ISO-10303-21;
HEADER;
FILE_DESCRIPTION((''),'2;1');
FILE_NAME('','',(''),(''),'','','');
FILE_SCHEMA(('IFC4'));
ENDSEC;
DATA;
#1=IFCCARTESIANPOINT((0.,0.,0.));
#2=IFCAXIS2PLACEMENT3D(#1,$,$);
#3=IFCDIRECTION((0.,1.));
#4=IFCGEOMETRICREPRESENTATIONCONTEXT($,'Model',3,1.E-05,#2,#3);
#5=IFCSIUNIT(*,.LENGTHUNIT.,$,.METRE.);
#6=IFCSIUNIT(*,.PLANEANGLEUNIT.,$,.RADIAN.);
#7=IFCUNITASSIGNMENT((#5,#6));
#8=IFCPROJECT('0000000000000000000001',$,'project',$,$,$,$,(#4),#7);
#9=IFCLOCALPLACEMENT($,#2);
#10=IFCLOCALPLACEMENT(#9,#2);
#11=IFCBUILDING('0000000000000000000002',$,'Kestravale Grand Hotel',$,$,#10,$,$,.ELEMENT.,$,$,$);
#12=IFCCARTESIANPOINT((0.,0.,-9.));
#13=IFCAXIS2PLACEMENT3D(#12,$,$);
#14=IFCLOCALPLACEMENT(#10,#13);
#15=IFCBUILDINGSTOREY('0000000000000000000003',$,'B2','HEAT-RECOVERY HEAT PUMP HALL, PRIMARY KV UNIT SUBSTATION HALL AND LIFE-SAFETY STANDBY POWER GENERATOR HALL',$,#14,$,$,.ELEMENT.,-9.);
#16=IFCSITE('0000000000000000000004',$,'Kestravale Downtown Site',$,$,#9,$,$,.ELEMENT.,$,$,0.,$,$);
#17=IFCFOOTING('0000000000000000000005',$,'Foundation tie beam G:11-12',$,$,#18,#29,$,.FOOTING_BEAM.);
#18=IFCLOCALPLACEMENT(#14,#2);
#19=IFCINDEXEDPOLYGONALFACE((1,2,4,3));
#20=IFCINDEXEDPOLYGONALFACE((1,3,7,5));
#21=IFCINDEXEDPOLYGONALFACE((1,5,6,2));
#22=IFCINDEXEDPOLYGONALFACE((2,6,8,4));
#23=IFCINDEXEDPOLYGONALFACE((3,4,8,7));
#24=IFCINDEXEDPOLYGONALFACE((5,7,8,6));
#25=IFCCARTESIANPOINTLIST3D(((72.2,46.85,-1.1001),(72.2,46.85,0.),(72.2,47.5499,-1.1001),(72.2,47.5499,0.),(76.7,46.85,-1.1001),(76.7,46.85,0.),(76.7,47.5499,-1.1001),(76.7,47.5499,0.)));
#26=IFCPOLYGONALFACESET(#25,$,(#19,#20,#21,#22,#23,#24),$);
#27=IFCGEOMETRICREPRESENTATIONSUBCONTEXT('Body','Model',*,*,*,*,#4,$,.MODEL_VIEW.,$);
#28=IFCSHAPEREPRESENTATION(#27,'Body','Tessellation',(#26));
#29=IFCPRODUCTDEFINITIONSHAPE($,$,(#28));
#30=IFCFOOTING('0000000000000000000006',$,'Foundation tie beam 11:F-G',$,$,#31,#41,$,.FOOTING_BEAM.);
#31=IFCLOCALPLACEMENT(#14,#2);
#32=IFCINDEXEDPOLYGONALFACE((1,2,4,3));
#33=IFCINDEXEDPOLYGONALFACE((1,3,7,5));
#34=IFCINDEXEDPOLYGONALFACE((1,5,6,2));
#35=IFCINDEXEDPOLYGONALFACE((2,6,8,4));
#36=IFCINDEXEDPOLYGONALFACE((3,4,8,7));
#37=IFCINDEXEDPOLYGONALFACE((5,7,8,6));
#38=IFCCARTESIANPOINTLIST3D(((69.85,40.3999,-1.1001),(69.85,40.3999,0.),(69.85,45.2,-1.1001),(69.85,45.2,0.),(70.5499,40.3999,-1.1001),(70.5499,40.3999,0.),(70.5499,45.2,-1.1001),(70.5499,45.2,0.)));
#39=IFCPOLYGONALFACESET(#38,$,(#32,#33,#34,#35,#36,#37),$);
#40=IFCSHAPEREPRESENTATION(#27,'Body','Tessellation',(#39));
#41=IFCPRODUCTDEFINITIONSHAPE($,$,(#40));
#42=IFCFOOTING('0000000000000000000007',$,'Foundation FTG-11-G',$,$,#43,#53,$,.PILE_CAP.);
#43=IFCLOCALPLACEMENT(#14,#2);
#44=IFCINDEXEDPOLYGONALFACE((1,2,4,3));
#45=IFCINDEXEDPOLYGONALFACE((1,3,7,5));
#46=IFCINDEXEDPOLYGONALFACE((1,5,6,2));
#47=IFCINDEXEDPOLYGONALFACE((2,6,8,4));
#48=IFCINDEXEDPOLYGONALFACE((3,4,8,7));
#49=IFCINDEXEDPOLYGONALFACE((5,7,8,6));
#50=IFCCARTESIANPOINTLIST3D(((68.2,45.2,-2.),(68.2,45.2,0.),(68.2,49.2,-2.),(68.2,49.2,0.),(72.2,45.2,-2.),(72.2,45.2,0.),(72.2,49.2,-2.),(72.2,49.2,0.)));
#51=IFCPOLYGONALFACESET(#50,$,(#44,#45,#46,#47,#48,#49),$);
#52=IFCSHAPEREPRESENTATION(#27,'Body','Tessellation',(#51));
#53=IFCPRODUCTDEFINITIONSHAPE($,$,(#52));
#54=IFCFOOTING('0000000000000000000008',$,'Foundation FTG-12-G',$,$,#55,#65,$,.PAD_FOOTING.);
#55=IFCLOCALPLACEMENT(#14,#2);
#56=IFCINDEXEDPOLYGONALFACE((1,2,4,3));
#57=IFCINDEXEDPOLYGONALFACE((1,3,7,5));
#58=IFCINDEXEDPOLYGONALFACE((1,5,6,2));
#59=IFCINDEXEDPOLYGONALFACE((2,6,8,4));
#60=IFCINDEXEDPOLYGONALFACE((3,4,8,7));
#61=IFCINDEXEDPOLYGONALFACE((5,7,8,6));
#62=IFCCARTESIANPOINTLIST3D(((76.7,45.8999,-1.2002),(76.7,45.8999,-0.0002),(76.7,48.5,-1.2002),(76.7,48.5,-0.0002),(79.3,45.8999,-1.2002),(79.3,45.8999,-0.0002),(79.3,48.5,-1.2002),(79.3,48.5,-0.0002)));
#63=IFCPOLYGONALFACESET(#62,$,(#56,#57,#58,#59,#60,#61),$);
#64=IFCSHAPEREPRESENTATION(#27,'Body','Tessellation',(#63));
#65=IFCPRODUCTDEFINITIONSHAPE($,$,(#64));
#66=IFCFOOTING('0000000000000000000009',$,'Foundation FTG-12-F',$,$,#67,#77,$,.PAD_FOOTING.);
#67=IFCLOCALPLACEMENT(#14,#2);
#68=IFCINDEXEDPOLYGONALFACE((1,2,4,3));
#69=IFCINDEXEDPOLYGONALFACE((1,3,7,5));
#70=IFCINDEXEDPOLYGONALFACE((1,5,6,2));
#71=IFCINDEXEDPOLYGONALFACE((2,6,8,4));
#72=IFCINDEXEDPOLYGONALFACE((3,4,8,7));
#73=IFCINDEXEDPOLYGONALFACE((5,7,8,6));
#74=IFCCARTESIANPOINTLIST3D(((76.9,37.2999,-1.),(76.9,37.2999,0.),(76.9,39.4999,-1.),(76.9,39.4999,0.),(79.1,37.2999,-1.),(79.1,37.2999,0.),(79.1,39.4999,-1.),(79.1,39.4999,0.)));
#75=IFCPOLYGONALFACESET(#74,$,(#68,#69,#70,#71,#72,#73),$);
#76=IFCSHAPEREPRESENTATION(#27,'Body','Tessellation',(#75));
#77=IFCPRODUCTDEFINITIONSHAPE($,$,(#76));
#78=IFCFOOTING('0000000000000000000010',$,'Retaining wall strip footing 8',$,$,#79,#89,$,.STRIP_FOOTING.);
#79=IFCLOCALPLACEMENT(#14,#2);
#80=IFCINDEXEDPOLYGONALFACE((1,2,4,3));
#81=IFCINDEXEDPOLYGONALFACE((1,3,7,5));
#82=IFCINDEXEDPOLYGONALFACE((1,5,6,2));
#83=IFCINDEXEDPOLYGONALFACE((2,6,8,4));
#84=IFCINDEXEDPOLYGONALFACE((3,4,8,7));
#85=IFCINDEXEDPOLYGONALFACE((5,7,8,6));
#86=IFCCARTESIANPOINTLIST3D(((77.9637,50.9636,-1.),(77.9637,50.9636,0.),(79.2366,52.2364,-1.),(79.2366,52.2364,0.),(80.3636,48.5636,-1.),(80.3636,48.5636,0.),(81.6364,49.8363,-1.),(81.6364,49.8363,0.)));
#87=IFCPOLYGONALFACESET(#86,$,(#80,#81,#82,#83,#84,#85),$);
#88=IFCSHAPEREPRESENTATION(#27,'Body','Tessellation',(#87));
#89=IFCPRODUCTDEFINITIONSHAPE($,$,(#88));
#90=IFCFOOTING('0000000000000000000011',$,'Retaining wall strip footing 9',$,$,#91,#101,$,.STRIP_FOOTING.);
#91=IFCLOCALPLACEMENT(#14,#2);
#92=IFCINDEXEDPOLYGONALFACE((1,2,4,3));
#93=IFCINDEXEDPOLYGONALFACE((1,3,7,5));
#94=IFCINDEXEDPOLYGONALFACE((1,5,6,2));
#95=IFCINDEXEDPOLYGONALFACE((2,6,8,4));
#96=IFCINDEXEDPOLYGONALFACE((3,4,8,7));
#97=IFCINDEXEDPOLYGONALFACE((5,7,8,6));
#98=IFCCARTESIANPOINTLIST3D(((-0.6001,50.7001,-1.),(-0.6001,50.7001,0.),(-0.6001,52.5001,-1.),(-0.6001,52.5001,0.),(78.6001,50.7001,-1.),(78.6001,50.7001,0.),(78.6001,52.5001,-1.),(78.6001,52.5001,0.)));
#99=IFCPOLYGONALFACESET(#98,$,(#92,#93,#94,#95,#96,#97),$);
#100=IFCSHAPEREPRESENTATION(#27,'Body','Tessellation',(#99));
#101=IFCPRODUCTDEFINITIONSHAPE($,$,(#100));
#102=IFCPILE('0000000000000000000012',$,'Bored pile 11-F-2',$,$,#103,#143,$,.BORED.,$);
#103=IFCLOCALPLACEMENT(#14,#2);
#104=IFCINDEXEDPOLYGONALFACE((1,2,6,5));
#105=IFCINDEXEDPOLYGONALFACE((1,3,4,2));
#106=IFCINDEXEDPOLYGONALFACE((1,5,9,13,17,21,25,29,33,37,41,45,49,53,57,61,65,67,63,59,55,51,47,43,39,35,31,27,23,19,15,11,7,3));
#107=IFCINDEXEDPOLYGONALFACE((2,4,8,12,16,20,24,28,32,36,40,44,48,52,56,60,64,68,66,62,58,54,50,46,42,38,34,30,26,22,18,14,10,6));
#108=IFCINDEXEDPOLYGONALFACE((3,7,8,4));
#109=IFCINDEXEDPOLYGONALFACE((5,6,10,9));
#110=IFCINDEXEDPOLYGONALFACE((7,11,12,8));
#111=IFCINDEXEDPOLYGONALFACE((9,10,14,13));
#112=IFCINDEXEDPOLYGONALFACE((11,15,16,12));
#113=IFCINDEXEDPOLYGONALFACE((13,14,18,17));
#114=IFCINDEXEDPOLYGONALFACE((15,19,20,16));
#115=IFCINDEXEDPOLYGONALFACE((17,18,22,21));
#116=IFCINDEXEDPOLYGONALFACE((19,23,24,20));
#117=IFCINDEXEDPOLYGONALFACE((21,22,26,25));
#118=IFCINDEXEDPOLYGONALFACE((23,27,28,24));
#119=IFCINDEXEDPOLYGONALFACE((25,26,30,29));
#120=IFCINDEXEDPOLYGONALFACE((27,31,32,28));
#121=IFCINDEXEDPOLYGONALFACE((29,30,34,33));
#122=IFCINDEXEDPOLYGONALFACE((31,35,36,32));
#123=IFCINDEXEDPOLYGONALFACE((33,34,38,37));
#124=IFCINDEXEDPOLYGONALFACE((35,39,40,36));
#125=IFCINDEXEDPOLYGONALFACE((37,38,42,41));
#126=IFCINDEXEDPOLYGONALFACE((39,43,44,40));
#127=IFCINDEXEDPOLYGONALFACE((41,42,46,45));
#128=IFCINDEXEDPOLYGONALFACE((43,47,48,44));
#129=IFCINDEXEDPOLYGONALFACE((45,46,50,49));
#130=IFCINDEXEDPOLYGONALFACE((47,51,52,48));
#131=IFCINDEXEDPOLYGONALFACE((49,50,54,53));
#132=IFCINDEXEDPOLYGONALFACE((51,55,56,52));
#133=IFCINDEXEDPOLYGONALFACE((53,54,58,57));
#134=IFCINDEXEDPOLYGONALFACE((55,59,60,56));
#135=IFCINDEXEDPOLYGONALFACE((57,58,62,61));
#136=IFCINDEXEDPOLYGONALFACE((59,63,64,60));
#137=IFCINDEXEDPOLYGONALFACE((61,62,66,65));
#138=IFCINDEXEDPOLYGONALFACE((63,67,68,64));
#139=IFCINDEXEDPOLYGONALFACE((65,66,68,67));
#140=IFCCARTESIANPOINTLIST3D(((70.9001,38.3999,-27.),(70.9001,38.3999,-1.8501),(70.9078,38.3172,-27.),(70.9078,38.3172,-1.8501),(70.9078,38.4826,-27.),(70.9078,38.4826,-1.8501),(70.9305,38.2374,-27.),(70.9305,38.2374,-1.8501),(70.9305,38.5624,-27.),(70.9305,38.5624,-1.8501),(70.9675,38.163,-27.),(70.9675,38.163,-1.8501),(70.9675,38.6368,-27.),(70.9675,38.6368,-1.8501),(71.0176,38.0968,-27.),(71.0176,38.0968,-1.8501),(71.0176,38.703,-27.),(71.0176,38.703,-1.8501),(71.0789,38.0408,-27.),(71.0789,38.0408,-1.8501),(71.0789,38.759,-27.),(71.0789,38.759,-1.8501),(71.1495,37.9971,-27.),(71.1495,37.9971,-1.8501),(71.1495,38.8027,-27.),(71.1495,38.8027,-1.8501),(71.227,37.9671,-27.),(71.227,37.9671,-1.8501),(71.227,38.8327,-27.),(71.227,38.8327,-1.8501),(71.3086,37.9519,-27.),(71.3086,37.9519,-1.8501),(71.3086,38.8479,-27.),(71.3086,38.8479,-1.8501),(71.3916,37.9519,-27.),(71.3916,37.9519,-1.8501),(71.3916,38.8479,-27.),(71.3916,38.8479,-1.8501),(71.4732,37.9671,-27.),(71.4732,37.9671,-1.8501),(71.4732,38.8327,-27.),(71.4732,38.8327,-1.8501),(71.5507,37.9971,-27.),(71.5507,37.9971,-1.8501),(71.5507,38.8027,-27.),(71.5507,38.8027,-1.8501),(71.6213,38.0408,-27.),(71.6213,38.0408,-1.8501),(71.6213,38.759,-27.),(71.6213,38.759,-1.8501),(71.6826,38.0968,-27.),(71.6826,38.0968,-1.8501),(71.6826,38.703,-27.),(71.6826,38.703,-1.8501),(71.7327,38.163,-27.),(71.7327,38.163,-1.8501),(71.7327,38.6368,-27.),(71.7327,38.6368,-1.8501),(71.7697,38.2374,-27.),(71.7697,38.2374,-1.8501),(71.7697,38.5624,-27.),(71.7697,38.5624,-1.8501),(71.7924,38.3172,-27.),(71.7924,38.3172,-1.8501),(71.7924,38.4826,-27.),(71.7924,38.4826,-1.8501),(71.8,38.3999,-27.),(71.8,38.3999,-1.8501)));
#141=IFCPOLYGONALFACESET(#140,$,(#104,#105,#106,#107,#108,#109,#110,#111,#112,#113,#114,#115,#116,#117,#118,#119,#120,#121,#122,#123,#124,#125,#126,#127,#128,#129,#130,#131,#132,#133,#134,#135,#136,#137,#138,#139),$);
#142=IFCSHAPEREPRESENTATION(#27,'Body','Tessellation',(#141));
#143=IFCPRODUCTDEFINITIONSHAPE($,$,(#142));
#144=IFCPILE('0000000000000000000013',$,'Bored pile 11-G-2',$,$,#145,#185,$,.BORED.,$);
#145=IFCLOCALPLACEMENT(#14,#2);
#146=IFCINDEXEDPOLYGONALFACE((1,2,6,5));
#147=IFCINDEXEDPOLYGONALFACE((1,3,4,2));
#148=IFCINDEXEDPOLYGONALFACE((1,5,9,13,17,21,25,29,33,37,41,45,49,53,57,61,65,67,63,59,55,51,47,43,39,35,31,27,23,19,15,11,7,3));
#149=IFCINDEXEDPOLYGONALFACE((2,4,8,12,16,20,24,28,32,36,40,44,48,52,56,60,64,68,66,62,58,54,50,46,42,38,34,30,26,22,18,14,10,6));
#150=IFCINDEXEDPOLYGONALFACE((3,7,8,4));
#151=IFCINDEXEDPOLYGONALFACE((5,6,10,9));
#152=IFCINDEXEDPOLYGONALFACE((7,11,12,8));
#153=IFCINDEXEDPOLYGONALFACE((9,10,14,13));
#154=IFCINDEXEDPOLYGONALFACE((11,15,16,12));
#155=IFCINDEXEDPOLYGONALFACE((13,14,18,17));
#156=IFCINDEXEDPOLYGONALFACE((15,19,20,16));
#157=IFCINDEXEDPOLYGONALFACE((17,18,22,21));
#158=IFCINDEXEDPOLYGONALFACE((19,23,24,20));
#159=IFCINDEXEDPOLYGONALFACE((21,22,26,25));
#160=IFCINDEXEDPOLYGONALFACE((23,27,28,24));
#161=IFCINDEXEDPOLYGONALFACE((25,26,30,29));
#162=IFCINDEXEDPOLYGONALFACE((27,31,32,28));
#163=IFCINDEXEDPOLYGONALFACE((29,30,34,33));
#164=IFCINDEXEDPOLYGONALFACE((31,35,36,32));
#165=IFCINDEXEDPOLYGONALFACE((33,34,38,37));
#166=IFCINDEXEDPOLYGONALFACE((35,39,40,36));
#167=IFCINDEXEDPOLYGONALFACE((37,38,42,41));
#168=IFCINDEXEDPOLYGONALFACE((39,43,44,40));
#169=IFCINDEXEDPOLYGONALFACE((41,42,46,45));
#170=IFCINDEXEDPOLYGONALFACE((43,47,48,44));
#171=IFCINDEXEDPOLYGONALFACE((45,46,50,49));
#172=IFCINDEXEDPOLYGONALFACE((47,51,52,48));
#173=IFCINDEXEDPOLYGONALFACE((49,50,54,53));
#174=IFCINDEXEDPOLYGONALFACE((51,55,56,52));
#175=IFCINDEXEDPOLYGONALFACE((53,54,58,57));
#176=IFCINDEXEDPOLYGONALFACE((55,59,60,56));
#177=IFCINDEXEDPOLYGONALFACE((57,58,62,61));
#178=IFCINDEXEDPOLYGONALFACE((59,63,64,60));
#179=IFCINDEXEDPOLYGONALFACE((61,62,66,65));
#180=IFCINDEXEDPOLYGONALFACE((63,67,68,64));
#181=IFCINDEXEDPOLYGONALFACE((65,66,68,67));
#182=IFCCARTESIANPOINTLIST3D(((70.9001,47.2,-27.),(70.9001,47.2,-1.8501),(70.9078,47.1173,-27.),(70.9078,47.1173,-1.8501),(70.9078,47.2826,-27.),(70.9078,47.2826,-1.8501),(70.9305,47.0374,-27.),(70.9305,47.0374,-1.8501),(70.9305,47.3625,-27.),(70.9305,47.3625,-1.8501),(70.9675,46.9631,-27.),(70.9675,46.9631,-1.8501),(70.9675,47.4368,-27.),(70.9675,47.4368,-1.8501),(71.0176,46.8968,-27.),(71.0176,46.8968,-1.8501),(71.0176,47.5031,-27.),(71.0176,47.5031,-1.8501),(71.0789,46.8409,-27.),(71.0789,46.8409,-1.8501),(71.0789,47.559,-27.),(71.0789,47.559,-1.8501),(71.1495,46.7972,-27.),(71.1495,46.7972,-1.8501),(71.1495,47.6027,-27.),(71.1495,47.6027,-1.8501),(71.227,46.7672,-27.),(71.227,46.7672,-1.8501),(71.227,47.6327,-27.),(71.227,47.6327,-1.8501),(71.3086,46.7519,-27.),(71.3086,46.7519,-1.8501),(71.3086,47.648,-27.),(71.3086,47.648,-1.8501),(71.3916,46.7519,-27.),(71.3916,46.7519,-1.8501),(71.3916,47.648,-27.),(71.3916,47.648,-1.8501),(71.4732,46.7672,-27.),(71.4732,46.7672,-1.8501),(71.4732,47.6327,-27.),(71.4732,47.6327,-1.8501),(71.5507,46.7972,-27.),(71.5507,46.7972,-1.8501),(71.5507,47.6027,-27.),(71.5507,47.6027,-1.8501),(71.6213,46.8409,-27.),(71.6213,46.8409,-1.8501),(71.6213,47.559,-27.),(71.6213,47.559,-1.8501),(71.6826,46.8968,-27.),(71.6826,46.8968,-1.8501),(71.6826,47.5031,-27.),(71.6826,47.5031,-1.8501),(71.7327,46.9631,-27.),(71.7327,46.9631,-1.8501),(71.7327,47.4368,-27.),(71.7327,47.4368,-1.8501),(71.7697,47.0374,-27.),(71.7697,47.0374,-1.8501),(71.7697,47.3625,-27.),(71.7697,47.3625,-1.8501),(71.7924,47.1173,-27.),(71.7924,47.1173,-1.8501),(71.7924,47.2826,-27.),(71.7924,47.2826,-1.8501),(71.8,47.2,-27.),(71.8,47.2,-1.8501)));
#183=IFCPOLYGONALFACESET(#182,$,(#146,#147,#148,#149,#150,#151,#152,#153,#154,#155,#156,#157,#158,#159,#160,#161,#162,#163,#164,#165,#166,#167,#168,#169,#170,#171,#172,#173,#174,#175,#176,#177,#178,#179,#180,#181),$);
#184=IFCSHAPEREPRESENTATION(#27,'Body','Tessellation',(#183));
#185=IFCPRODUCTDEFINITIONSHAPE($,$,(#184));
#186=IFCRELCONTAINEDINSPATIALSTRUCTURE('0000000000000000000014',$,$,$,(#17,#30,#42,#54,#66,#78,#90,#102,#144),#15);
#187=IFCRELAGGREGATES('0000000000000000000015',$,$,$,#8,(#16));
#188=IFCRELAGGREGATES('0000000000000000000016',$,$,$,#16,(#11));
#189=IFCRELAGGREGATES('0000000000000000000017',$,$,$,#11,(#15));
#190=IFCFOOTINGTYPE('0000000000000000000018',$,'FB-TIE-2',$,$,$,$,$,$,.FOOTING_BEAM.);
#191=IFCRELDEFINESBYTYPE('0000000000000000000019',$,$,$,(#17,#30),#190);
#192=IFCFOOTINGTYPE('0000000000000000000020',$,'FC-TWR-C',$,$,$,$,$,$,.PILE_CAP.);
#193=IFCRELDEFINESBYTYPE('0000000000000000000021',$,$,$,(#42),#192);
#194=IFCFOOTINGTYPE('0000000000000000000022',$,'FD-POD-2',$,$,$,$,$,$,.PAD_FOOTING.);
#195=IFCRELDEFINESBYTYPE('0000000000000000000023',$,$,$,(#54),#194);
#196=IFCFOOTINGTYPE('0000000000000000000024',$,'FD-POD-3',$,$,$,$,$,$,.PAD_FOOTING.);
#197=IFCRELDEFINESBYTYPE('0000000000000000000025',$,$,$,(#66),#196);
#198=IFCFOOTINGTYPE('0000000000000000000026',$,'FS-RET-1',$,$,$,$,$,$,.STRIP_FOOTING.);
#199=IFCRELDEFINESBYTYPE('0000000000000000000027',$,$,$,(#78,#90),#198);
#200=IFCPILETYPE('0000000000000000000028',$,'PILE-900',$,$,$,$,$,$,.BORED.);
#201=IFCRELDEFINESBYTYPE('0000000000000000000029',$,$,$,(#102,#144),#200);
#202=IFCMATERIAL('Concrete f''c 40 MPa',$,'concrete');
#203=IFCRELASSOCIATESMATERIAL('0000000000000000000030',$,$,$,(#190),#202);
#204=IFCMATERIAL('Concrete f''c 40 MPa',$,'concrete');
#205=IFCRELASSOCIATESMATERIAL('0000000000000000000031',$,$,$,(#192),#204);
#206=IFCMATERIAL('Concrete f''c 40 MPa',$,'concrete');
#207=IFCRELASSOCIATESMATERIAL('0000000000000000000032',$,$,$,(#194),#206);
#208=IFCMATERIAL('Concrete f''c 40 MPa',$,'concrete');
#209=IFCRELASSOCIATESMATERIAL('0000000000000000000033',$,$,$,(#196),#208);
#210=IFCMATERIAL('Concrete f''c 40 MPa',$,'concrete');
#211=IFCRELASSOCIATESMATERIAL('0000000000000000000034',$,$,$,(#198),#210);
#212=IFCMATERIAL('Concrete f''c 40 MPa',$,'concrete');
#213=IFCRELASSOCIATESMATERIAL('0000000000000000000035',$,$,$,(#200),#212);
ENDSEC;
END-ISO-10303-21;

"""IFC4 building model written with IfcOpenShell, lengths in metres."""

from ifc_helpers import new_model, si_unit, direction, frame, origin, origin_2d, place, context, subcontext, project, spatial, rectangle, circle, extrude, material, material_profile, profile_set, type_object, element, save


model = new_model("IFC4")

# Units and contexts
model_context = context("Model", 3, precision=1e-05, world=origin(), true_north=direction((0.0, 1.0)))
body_context = subcontext(model_context, "Body", "Model", "MODEL_VIEW")
ifc_project = project(units=[si_unit("LENGTHUNIT", "METRE"), si_unit("PLANEANGLEUNIT", "RADIAN")], contexts=[model_context])

# Site, building, storey
site_placement = place(None, origin())
site = spatial("IfcSite", under=ifc_project, at=site_placement, Name="Kestravale Downtown Site", CompositionType="ELEMENT", RefElevation=0.0)
building_placement = place(site_placement, origin())
building = spatial("IfcBuilding", under=site, at=building_placement, Name="Kestravale Grand Hotel", CompositionType="ELEMENT")
storey_placement = place(building_placement, frame((0.0, 0.0, -9.0)))
storey = spatial("IfcBuildingStorey", under=building, at=storey_placement, Name="B2", Description="HEAT-RECOVERY HEAT PUMP HALL, PRIMARY KV UNIT SUBSTATION HALL AND LIFE-SAFETY STANDBY POWER GENERATOR HALL", CompositionType="ELEMENT", Elevation=-9.0)

# Footings
ifc_material_1 = material(Name="Concrete f'c 40 MPa", Category="concrete")
ifc_material_profile_1 = material_profile(ifc_material_1, rectangle(XDim=0.7, YDim=1.1001, at=origin_2d()))
ifc_profile_set_1 = profile_set([ifc_material_profile_1], Name="Concrete f'c 40 MPa")
footing_type_1 = type_object("IfcFootingType", Name="FB-TIE-2", PredefinedType="FOOTING_BEAM", material=ifc_profile_set_1)
footing_1_placement = place(storey_placement, frame((72.2, 47.2, -0.55), z_axis=(1.0, 0.0, 0.0), x_axis=(0.0, 1.0, 0.0)))
element("IfcFooting", 1, at=footing_1_placement, inside=storey, type_object=footing_type_1, Name="Foundation tie beam G:11-12", PredefinedType="FOOTING_BEAM", context=body_context, shape_type="SweptSolid", body=[
    extrude(rectangle(XDim=0.7, YDim=1.1001, at=origin_2d()), origin(), (0.0, 0.0, 1.0), 4.5),
])
footing_2_placement = place(storey_placement, frame((70.2, 40.3999, -0.55), z_axis=(0.0, 1.0, 0.0), x_axis=(-1.0, 0.0, 0.0)))
element("IfcFooting", 2, at=footing_2_placement, inside=storey, type_object=footing_type_1, Name="Foundation tie beam 11:F-G", PredefinedType="FOOTING_BEAM", context=body_context, shape_type="SweptSolid", body=[
    extrude(rectangle(XDim=0.7, YDim=1.1001, at=origin_2d()), origin(), (0.0, 0.0, 1.0), 4.8),
])
ifc_material_2 = material(Name="Concrete f'c 40 MPa", Category="concrete")
footing_type_2 = type_object("IfcFootingType", Name="FC-TWR-C", PredefinedType="PILE_CAP", material=ifc_material_2)
footing_3_placement = place(storey_placement, frame((70.2, 47.2, -2.0), z_axis=(0.0, 0.0, 1.0), x_axis=(1.0, 0.0, 0.0)))
element("IfcFooting", 3, at=footing_3_placement, inside=storey, type_object=footing_type_2, Name="Foundation FTG-11-G", PredefinedType="PILE_CAP", context=body_context, shape_type="SweptSolid", body=[
    extrude(rectangle(XDim=4.0, YDim=4.0, at=origin_2d()), origin(), (0.0, 0.0, 1.0), 2.0),
])
ifc_material_3 = material(Name="Concrete f'c 40 MPa", Category="concrete")
footing_type_3 = type_object("IfcFootingType", Name="FD-POD-2", PredefinedType="PAD_FOOTING", material=ifc_material_3)
footing_4_placement = place(storey_placement, frame((78.0, 47.2, -1.2002), z_axis=(0.0, 0.0, 1.0), x_axis=(1.0, 0.0, 0.0)))
element("IfcFooting", 4, at=footing_4_placement, inside=storey, type_object=footing_type_3, Name="Foundation FTG-12-G", PredefinedType="PAD_FOOTING", context=body_context, shape_type="SweptSolid", body=[
    extrude(rectangle(XDim=2.6001, YDim=2.6001, at=origin_2d()), origin(), (0.0, 0.0, 1.0), 1.2),
])
ifc_material_4 = material(Name="Concrete f'c 40 MPa", Category="concrete")
footing_type_4 = type_object("IfcFootingType", Name="FD-POD-3", PredefinedType="PAD_FOOTING", material=ifc_material_4)
footing_5_placement = place(storey_placement, frame((78.0, 38.3999, -1.0), z_axis=(0.0, 0.0, 1.0), x_axis=(1.0, 0.0, 0.0)))
element("IfcFooting", 5, at=footing_5_placement, inside=storey, type_object=footing_type_4, Name="Foundation FTG-12-F", PredefinedType="PAD_FOOTING", context=body_context, shape_type="SweptSolid", body=[
    extrude(rectangle(XDim=2.2, YDim=2.2, at=origin_2d()), origin(), (0.0, 0.0, 1.0), 1.0),
])
ifc_material_5 = material(Name="Concrete f'c 40 MPa", Category="concrete")
ifc_material_profile_2 = material_profile(ifc_material_5, rectangle(XDim=1.8, YDim=1.0, at=origin_2d()))
ifc_profile_set_2 = profile_set([ifc_material_profile_2], Name="Concrete f'c 40 MPa")
footing_type_5 = type_object("IfcFootingType", Name="FS-RET-1", PredefinedType="STRIP_FOOTING", material=ifc_profile_set_2)
footing_6_placement = place(storey_placement, frame((81.0, 49.2, -0.5), z_axis=(-0.707071, 0.707143, 0.0), x_axis=(-0.707143, -0.707071, 0.0)))
element("IfcFooting", 6, at=footing_6_placement, inside=storey, type_object=footing_type_5, Name="Retaining wall strip footing 8", PredefinedType="STRIP_FOOTING", context=body_context, shape_type="SweptSolid", body=[
    extrude(rectangle(XDim=1.8, YDim=1.0, at=origin_2d()), origin(), (0.0, 0.0, 1.0), 3.394),
])
footing_7_placement = place(storey_placement, frame((78.6001, 51.6001, -0.5), z_axis=(-1.0, 0.0, 0.0), x_axis=(0.0, -1.0, 0.0)))
element("IfcFooting", 7, at=footing_7_placement, inside=storey, type_object=footing_type_5, Name="Retaining wall strip footing 9", PredefinedType="STRIP_FOOTING", context=body_context, shape_type="SweptSolid", body=[
    extrude(rectangle(XDim=1.8, YDim=1.0, at=origin_2d()), origin(), (0.0, 0.0, 1.0), 79.2002),
])

# Piles
ifc_material_6 = material(Name="Concrete f'c 40 MPa", Category="concrete")
ifc_material_profile_3 = material_profile(ifc_material_6, circle(Radius=0.45, at=origin_2d()))
ifc_profile_set_3 = profile_set([ifc_material_profile_3], Name="Concrete f'c 40 MPa")
pile_type = type_object("IfcPileType", Name="PILE-900", PredefinedType="BORED", material=ifc_profile_set_3)
for number, where, z_axis, x_axis, name in (
    (8, (71.3501, 38.3999, -1.8501), (0.0, 0.0, -1.0), (1.0, 0.0, 0.0), "Bored pile 11-F-2"),
    (9, (71.3501, 47.2, -1.8501), (0.0, 0.0, -1.0), (1.0, 0.0, 0.0), "Bored pile 11-G-2"),
):
    element("IfcPile", number, at=place(storey_placement, frame(where, z_axis=z_axis, x_axis=x_axis)), inside=storey, type_object=pile_type, Name=name, PredefinedType="BORED", context=body_context, shape_type="SweptSolid", body=[
        extrude(circle(Radius=0.45, at=origin_2d()), origin(), (0.0, 0.0, 1.0), 25.1499),
    ])

save(model, "model.ifc")
